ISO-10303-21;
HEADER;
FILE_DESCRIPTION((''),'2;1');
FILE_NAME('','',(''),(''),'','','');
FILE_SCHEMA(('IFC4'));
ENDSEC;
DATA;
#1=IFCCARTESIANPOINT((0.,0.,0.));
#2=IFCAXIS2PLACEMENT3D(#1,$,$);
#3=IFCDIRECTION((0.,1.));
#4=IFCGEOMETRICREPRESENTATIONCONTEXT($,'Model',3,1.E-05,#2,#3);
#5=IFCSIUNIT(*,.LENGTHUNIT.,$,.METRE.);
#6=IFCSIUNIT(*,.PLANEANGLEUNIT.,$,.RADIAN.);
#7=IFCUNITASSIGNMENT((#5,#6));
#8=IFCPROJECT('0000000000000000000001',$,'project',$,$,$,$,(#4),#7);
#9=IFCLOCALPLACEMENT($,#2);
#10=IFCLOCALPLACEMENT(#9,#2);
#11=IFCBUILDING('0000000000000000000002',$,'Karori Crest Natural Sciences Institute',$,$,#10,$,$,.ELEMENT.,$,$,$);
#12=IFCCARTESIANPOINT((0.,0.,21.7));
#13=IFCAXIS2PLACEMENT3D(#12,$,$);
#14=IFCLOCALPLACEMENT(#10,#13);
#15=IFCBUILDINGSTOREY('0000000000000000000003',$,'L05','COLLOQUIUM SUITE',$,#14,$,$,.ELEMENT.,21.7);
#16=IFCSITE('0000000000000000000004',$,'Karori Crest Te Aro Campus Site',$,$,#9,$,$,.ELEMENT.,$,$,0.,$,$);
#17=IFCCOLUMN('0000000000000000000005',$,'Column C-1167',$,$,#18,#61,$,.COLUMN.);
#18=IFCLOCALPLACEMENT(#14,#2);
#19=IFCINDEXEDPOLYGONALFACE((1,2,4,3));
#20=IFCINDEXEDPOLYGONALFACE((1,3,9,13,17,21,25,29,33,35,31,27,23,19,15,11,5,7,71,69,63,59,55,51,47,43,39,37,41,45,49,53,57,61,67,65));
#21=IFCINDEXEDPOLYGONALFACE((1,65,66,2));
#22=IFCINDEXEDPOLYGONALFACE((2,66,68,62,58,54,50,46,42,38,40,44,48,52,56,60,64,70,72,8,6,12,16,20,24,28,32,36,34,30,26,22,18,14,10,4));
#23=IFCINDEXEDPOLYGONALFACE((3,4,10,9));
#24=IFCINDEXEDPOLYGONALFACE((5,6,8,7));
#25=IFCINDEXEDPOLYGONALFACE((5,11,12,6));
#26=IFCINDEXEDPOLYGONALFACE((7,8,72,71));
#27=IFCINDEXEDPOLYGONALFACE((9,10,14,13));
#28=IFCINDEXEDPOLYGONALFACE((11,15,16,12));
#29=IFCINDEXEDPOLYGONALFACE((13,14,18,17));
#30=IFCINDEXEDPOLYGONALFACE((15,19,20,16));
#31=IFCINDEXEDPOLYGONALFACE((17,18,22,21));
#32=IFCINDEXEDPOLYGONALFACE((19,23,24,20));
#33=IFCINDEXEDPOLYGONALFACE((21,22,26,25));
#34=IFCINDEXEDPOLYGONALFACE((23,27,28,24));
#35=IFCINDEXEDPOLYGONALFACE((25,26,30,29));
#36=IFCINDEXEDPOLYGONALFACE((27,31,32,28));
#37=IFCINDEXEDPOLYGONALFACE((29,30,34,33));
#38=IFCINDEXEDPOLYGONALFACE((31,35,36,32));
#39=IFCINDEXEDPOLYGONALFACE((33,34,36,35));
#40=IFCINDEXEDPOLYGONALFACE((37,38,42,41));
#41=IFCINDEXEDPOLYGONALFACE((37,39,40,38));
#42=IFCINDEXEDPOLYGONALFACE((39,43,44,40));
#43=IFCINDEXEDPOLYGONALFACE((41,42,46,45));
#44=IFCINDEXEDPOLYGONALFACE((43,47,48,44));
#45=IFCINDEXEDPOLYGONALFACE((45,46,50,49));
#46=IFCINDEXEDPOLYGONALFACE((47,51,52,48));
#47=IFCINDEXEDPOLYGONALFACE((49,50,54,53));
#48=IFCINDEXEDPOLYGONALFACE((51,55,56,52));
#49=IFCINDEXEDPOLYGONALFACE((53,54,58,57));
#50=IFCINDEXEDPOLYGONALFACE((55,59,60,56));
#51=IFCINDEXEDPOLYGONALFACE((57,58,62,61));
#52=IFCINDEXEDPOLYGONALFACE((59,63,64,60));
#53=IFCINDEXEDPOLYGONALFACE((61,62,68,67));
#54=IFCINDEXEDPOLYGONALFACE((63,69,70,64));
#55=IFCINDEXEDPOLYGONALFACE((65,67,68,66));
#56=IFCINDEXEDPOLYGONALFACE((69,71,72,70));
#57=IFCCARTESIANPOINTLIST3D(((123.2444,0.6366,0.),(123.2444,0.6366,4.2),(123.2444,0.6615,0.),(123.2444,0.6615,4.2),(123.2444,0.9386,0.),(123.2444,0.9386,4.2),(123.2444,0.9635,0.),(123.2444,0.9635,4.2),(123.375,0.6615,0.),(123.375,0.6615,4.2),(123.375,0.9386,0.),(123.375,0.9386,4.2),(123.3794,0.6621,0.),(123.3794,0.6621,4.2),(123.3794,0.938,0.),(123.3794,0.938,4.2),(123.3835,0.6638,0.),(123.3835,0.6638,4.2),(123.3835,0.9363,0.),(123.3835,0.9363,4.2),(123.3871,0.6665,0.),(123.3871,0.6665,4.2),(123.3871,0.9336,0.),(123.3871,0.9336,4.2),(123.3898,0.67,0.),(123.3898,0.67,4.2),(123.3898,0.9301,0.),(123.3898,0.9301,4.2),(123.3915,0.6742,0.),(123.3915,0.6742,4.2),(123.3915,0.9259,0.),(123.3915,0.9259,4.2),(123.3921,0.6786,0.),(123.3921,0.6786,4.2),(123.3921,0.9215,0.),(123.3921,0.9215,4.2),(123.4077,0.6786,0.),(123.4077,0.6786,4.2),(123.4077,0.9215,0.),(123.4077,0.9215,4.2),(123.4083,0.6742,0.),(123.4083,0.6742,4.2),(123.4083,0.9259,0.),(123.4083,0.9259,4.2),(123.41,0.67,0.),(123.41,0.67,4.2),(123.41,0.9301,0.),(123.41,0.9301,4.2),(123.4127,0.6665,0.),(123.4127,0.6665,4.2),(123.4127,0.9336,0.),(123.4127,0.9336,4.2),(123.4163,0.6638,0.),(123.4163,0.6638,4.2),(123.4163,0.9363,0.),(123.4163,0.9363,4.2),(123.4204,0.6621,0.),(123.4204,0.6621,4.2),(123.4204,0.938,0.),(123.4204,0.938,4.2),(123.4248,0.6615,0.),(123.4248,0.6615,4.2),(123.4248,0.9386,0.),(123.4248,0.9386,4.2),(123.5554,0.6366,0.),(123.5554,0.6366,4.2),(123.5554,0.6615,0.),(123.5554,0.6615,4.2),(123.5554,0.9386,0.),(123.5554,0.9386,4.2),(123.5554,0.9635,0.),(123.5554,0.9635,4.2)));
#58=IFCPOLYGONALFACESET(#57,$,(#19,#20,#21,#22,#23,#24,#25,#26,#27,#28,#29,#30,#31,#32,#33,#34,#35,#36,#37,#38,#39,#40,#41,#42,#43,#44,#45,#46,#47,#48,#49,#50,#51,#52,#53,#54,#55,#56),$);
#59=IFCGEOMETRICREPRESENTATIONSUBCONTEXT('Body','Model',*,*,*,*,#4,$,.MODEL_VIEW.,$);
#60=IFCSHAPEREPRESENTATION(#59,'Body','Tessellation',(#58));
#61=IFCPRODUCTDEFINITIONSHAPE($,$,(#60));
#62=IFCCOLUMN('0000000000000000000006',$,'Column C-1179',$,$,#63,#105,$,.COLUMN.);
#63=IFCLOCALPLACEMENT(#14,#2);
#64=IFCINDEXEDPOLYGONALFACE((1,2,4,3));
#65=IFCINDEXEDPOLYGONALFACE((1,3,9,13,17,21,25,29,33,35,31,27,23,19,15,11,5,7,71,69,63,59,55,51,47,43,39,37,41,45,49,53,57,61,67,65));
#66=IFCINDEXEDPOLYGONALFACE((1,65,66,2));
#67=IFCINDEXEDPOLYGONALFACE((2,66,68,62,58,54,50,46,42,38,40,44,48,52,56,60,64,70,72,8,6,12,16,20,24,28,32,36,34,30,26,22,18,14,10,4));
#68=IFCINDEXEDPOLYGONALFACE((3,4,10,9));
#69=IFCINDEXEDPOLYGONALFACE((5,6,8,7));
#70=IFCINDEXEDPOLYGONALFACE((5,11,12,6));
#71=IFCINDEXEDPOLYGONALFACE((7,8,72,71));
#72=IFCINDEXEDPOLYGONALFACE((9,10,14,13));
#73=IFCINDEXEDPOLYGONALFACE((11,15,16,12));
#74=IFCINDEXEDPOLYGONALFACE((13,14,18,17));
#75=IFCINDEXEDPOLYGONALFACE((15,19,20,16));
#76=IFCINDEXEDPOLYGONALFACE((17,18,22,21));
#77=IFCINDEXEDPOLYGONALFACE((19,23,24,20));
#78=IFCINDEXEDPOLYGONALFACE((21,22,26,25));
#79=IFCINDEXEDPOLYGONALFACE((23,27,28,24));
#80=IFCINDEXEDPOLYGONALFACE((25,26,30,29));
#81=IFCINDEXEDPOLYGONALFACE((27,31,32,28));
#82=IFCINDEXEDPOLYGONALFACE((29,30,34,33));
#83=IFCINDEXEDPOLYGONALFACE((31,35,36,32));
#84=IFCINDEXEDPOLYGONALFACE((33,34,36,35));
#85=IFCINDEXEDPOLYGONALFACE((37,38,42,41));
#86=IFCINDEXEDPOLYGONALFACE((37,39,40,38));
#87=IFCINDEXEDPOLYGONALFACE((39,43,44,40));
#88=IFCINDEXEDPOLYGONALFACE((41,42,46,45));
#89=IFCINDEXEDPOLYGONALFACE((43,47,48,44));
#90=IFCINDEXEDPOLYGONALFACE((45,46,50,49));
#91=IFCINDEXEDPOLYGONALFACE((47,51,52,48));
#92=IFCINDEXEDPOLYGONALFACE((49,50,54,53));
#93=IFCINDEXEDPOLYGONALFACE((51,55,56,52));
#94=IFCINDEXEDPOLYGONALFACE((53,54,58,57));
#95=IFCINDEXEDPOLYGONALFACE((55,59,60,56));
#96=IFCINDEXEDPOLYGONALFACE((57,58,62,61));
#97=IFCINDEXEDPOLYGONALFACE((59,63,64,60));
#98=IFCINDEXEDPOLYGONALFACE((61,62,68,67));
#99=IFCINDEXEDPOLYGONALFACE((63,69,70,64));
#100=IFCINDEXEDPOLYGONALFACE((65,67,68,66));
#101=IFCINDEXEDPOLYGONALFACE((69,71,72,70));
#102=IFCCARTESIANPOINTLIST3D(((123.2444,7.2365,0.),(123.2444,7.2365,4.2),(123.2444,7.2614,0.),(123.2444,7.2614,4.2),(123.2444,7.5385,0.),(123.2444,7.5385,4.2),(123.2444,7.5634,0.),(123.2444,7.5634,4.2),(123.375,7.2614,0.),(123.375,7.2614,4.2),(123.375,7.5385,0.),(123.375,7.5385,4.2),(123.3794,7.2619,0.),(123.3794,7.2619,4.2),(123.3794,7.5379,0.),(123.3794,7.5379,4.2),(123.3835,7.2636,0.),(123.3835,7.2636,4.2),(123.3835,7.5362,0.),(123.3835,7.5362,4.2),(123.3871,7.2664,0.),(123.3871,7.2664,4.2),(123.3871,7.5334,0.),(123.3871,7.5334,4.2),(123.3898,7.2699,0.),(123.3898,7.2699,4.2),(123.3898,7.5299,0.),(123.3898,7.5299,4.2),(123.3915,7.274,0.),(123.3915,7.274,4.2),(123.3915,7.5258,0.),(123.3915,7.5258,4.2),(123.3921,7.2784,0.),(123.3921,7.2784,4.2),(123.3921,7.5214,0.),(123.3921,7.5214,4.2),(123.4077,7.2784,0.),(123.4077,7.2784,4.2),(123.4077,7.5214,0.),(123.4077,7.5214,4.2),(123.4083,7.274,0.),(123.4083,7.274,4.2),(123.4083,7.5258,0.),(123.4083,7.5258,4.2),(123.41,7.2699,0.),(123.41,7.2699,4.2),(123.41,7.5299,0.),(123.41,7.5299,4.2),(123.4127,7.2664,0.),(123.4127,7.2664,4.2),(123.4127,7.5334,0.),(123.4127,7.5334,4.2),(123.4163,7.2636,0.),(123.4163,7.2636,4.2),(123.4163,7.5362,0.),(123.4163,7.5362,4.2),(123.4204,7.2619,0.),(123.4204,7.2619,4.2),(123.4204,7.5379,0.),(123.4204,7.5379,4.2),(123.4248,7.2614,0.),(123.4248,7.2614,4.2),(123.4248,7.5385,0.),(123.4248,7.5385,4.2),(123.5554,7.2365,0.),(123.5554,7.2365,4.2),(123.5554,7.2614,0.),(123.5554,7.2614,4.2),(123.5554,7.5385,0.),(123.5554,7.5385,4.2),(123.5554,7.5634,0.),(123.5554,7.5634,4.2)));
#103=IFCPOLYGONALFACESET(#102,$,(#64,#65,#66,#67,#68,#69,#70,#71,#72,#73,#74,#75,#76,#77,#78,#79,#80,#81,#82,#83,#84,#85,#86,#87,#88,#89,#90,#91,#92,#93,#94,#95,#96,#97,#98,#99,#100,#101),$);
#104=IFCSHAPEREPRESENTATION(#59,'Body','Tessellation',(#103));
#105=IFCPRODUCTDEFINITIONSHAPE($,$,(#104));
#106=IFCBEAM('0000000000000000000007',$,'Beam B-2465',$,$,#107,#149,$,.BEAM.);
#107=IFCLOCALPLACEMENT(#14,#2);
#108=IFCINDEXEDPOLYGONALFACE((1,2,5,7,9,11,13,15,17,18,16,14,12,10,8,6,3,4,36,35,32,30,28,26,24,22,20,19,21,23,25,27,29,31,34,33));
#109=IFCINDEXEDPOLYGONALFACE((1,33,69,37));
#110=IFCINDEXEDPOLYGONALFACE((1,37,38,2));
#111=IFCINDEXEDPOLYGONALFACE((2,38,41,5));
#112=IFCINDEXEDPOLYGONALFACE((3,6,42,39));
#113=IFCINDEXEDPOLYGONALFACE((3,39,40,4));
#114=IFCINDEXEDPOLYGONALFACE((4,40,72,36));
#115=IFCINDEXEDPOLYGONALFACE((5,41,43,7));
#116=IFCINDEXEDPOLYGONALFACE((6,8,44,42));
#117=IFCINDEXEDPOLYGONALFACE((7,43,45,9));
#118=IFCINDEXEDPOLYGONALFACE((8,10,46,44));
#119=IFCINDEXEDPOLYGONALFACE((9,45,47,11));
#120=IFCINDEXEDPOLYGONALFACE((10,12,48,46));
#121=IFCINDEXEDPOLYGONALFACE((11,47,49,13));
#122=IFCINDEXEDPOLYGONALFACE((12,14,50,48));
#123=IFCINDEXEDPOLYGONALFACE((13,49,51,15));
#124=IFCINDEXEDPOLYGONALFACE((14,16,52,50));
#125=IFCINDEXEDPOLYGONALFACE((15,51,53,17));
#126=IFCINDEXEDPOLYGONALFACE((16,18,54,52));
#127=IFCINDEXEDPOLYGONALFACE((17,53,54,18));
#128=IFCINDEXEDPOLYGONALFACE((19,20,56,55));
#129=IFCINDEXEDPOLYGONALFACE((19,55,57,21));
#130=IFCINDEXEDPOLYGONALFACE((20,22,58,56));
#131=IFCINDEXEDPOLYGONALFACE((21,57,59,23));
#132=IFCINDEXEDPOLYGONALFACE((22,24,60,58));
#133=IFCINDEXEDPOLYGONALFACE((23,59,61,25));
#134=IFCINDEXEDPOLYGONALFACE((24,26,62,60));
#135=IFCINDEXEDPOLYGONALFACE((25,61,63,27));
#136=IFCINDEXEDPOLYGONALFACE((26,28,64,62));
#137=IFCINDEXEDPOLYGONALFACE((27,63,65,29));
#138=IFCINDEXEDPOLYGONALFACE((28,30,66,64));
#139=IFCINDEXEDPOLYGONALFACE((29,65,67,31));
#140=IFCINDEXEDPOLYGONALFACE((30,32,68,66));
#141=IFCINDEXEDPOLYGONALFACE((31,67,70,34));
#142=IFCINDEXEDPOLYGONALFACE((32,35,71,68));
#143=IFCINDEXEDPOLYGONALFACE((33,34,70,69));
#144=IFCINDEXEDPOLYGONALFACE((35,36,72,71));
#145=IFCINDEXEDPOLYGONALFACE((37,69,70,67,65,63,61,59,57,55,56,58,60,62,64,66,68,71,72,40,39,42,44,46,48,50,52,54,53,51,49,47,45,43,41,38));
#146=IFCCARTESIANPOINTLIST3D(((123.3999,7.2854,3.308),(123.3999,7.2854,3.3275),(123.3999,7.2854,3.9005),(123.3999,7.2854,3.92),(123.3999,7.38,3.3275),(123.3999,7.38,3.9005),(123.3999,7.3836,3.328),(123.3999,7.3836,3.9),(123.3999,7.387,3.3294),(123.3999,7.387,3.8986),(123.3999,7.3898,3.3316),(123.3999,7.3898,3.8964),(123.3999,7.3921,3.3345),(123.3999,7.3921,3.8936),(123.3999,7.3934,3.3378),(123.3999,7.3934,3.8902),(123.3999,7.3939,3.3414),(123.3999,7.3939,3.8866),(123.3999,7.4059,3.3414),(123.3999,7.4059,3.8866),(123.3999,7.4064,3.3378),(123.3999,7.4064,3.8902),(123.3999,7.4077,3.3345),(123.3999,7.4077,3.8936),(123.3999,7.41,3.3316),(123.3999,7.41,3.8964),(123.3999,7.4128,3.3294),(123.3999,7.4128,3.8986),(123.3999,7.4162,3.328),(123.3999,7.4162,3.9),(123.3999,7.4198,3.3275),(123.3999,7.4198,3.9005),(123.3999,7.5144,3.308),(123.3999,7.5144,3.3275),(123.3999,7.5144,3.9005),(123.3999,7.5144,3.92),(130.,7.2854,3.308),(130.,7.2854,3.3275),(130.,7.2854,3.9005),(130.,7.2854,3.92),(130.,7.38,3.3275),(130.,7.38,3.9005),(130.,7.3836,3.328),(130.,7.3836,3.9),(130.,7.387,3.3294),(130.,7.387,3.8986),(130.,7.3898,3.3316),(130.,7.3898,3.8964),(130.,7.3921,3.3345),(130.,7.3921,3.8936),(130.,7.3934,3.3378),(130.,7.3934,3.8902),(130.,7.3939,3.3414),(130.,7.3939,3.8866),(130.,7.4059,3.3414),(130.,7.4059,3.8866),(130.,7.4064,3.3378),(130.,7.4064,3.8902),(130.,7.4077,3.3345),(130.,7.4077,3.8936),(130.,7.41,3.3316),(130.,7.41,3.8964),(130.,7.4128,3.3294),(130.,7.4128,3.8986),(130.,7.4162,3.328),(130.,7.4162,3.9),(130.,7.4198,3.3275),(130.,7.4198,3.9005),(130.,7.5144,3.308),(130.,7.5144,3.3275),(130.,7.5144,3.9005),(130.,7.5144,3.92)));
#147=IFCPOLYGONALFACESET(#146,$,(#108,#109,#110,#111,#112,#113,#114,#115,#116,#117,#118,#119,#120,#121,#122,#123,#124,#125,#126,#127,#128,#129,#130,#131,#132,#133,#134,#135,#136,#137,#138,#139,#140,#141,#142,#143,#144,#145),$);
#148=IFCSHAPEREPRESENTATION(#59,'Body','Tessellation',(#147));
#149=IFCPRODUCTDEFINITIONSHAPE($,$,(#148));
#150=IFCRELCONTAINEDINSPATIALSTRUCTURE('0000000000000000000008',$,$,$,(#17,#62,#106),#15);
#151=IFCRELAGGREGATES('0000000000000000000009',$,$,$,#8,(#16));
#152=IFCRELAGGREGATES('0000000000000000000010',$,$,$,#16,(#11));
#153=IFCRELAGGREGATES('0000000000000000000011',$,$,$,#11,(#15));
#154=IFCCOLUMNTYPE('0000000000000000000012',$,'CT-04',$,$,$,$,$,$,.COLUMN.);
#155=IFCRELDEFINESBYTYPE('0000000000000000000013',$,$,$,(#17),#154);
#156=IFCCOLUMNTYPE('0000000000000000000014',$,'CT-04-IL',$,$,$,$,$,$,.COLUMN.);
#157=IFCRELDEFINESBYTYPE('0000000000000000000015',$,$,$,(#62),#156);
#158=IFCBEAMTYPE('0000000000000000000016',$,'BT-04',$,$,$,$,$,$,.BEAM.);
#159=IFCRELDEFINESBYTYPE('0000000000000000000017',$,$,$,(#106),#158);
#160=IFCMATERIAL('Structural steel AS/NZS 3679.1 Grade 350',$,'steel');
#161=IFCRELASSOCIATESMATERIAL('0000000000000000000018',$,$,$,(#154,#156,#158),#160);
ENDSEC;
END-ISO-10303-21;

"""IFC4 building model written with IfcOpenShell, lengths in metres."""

from ifc_helpers import new_model, si_unit, direction, frame, origin, origin_2d, place, context, subcontext, project, spatial, i_section, extrude, material, material_profile, profile_set, type_object, element, save


model = new_model("IFC4")

# Units and contexts
model_context = context("Model", 3, precision=1e-05, world=origin(), true_north=direction((0.0, 1.0)))
body_context = subcontext(model_context, "Body", "Model", "MODEL_VIEW")
ifc_project = project(units=[si_unit("LENGTHUNIT", "METRE"), si_unit("PLANEANGLEUNIT", "RADIAN")], contexts=[model_context])

# Site, building, storey
site_placement = place(None, origin())
site = spatial("IfcSite", under=ifc_project, at=site_placement, Name="Karori Crest Te Aro Campus Site", CompositionType="ELEMENT", RefElevation=0.0)
building_placement = place(site_placement, origin())
building = spatial("IfcBuilding", under=site, at=building_placement, Name="Karori Crest Natural Sciences Institute", CompositionType="ELEMENT")
storey_placement = place(building_placement, frame((0.0, 0.0, 21.7)))
storey = spatial("IfcBuildingStorey", under=building, at=storey_placement, Name="L05", Description="COLLOQUIUM SUITE", CompositionType="ELEMENT", Elevation=21.7)

# Columns
ifc_material_1 = material(Name="Structural steel AS/NZS 3679.1 Grade 350", Category="steel")
ifc_material_profile_1 = material_profile(ifc_material_1, i_section(OverallWidth=0.311, OverallDepth=0.3269, WebThickness=0.0156, FlangeThickness=0.0249, FilletRadius=0.0171, at=origin_2d()), Name="310UC158")
ifc_profile_set_1 = profile_set([ifc_material_profile_1], Name="Structural steel AS/NZS 3679.1 Grade 350")
column_type_1 = type_object("IfcColumnType", Name="CT-04", PredefinedType="COLUMN", material=ifc_profile_set_1)
column_1_placement = place(storey_placement, frame((123.3999, 0.8, 0.0), z_axis=(0.0, 0.0, 1.0), x_axis=(1.0, 0.0, 0.0)))
element("IfcColumn", 1, at=column_1_placement, inside=storey, type_object=column_type_1, Name="Column C-1167", PredefinedType="COLUMN", context=body_context, shape_type="SweptSolid", body=[
    extrude(i_section(OverallWidth=0.311, OverallDepth=0.3269, WebThickness=0.0156, FlangeThickness=0.0249, FilletRadius=0.0171, at=origin_2d()), origin(), (0.0, 0.0, 1.0), 4.2),
])
ifc_material_profile_2 = material_profile(ifc_material_1, i_section(OverallWidth=0.311, OverallDepth=0.3269, WebThickness=0.0156, FlangeThickness=0.0249, FilletRadius=0.0171, at=origin_2d()), Name="310UC158")
ifc_profile_set_2 = profile_set([ifc_material_profile_2], Name="Structural steel AS/NZS 3679.1 Grade 350")
column_type_2 = type_object("IfcColumnType", Name="CT-04-IL", PredefinedType="COLUMN", material=ifc_profile_set_2)
column_2_placement = place(storey_placement, frame((123.3999, 7.3999, 0.0), z_axis=(0.0, 0.0, 1.0), x_axis=(1.0, 0.0, 0.0)))
element("IfcColumn", 2, at=column_2_placement, inside=storey, type_object=column_type_2, Name="Column C-1179", PredefinedType="COLUMN", context=body_context, shape_type="SweptSolid", body=[
    extrude(i_section(OverallWidth=0.311, OverallDepth=0.3269, WebThickness=0.0156, FlangeThickness=0.0249, FilletRadius=0.0171, at=origin_2d()), origin(), (0.0, 0.0, 1.0), 4.2),
])

# Beam
ifc_material_profile_3 = material_profile(ifc_material_1, i_section(OverallWidth=0.229, OverallDepth=0.6121, WebThickness=0.012, FlangeThickness=0.0195, FilletRadius=0.0139, at=origin_2d()), Name="610UB125")
ifc_profile_set_3 = profile_set([ifc_material_profile_3], Name="Structural steel AS/NZS 3679.1 Grade 350")
beam_type_1 = type_object("IfcBeamType", Name="BT-04", PredefinedType="BEAM", material=ifc_profile_set_3)
beam_1_placement = place(storey_placement, frame((123.3999, 7.3999, 3.614), z_axis=(1.0, 0.0, 0.0), x_axis=(0.0, 1.0, 0.0)))
element("IfcBeam", 3, at=beam_1_placement, inside=storey, type_object=beam_type_1, Name="Beam B-2465", PredefinedType="BEAM", context=body_context, shape_type="SweptSolid", body=[
    extrude(i_section(OverallWidth=0.229, OverallDepth=0.6121, WebThickness=0.012, FlangeThickness=0.0195, FilletRadius=0.0139, at=origin_2d()), origin(), (0.0, 0.0, 1.0), 6.6001),
])

save(model, "model.ifc")
